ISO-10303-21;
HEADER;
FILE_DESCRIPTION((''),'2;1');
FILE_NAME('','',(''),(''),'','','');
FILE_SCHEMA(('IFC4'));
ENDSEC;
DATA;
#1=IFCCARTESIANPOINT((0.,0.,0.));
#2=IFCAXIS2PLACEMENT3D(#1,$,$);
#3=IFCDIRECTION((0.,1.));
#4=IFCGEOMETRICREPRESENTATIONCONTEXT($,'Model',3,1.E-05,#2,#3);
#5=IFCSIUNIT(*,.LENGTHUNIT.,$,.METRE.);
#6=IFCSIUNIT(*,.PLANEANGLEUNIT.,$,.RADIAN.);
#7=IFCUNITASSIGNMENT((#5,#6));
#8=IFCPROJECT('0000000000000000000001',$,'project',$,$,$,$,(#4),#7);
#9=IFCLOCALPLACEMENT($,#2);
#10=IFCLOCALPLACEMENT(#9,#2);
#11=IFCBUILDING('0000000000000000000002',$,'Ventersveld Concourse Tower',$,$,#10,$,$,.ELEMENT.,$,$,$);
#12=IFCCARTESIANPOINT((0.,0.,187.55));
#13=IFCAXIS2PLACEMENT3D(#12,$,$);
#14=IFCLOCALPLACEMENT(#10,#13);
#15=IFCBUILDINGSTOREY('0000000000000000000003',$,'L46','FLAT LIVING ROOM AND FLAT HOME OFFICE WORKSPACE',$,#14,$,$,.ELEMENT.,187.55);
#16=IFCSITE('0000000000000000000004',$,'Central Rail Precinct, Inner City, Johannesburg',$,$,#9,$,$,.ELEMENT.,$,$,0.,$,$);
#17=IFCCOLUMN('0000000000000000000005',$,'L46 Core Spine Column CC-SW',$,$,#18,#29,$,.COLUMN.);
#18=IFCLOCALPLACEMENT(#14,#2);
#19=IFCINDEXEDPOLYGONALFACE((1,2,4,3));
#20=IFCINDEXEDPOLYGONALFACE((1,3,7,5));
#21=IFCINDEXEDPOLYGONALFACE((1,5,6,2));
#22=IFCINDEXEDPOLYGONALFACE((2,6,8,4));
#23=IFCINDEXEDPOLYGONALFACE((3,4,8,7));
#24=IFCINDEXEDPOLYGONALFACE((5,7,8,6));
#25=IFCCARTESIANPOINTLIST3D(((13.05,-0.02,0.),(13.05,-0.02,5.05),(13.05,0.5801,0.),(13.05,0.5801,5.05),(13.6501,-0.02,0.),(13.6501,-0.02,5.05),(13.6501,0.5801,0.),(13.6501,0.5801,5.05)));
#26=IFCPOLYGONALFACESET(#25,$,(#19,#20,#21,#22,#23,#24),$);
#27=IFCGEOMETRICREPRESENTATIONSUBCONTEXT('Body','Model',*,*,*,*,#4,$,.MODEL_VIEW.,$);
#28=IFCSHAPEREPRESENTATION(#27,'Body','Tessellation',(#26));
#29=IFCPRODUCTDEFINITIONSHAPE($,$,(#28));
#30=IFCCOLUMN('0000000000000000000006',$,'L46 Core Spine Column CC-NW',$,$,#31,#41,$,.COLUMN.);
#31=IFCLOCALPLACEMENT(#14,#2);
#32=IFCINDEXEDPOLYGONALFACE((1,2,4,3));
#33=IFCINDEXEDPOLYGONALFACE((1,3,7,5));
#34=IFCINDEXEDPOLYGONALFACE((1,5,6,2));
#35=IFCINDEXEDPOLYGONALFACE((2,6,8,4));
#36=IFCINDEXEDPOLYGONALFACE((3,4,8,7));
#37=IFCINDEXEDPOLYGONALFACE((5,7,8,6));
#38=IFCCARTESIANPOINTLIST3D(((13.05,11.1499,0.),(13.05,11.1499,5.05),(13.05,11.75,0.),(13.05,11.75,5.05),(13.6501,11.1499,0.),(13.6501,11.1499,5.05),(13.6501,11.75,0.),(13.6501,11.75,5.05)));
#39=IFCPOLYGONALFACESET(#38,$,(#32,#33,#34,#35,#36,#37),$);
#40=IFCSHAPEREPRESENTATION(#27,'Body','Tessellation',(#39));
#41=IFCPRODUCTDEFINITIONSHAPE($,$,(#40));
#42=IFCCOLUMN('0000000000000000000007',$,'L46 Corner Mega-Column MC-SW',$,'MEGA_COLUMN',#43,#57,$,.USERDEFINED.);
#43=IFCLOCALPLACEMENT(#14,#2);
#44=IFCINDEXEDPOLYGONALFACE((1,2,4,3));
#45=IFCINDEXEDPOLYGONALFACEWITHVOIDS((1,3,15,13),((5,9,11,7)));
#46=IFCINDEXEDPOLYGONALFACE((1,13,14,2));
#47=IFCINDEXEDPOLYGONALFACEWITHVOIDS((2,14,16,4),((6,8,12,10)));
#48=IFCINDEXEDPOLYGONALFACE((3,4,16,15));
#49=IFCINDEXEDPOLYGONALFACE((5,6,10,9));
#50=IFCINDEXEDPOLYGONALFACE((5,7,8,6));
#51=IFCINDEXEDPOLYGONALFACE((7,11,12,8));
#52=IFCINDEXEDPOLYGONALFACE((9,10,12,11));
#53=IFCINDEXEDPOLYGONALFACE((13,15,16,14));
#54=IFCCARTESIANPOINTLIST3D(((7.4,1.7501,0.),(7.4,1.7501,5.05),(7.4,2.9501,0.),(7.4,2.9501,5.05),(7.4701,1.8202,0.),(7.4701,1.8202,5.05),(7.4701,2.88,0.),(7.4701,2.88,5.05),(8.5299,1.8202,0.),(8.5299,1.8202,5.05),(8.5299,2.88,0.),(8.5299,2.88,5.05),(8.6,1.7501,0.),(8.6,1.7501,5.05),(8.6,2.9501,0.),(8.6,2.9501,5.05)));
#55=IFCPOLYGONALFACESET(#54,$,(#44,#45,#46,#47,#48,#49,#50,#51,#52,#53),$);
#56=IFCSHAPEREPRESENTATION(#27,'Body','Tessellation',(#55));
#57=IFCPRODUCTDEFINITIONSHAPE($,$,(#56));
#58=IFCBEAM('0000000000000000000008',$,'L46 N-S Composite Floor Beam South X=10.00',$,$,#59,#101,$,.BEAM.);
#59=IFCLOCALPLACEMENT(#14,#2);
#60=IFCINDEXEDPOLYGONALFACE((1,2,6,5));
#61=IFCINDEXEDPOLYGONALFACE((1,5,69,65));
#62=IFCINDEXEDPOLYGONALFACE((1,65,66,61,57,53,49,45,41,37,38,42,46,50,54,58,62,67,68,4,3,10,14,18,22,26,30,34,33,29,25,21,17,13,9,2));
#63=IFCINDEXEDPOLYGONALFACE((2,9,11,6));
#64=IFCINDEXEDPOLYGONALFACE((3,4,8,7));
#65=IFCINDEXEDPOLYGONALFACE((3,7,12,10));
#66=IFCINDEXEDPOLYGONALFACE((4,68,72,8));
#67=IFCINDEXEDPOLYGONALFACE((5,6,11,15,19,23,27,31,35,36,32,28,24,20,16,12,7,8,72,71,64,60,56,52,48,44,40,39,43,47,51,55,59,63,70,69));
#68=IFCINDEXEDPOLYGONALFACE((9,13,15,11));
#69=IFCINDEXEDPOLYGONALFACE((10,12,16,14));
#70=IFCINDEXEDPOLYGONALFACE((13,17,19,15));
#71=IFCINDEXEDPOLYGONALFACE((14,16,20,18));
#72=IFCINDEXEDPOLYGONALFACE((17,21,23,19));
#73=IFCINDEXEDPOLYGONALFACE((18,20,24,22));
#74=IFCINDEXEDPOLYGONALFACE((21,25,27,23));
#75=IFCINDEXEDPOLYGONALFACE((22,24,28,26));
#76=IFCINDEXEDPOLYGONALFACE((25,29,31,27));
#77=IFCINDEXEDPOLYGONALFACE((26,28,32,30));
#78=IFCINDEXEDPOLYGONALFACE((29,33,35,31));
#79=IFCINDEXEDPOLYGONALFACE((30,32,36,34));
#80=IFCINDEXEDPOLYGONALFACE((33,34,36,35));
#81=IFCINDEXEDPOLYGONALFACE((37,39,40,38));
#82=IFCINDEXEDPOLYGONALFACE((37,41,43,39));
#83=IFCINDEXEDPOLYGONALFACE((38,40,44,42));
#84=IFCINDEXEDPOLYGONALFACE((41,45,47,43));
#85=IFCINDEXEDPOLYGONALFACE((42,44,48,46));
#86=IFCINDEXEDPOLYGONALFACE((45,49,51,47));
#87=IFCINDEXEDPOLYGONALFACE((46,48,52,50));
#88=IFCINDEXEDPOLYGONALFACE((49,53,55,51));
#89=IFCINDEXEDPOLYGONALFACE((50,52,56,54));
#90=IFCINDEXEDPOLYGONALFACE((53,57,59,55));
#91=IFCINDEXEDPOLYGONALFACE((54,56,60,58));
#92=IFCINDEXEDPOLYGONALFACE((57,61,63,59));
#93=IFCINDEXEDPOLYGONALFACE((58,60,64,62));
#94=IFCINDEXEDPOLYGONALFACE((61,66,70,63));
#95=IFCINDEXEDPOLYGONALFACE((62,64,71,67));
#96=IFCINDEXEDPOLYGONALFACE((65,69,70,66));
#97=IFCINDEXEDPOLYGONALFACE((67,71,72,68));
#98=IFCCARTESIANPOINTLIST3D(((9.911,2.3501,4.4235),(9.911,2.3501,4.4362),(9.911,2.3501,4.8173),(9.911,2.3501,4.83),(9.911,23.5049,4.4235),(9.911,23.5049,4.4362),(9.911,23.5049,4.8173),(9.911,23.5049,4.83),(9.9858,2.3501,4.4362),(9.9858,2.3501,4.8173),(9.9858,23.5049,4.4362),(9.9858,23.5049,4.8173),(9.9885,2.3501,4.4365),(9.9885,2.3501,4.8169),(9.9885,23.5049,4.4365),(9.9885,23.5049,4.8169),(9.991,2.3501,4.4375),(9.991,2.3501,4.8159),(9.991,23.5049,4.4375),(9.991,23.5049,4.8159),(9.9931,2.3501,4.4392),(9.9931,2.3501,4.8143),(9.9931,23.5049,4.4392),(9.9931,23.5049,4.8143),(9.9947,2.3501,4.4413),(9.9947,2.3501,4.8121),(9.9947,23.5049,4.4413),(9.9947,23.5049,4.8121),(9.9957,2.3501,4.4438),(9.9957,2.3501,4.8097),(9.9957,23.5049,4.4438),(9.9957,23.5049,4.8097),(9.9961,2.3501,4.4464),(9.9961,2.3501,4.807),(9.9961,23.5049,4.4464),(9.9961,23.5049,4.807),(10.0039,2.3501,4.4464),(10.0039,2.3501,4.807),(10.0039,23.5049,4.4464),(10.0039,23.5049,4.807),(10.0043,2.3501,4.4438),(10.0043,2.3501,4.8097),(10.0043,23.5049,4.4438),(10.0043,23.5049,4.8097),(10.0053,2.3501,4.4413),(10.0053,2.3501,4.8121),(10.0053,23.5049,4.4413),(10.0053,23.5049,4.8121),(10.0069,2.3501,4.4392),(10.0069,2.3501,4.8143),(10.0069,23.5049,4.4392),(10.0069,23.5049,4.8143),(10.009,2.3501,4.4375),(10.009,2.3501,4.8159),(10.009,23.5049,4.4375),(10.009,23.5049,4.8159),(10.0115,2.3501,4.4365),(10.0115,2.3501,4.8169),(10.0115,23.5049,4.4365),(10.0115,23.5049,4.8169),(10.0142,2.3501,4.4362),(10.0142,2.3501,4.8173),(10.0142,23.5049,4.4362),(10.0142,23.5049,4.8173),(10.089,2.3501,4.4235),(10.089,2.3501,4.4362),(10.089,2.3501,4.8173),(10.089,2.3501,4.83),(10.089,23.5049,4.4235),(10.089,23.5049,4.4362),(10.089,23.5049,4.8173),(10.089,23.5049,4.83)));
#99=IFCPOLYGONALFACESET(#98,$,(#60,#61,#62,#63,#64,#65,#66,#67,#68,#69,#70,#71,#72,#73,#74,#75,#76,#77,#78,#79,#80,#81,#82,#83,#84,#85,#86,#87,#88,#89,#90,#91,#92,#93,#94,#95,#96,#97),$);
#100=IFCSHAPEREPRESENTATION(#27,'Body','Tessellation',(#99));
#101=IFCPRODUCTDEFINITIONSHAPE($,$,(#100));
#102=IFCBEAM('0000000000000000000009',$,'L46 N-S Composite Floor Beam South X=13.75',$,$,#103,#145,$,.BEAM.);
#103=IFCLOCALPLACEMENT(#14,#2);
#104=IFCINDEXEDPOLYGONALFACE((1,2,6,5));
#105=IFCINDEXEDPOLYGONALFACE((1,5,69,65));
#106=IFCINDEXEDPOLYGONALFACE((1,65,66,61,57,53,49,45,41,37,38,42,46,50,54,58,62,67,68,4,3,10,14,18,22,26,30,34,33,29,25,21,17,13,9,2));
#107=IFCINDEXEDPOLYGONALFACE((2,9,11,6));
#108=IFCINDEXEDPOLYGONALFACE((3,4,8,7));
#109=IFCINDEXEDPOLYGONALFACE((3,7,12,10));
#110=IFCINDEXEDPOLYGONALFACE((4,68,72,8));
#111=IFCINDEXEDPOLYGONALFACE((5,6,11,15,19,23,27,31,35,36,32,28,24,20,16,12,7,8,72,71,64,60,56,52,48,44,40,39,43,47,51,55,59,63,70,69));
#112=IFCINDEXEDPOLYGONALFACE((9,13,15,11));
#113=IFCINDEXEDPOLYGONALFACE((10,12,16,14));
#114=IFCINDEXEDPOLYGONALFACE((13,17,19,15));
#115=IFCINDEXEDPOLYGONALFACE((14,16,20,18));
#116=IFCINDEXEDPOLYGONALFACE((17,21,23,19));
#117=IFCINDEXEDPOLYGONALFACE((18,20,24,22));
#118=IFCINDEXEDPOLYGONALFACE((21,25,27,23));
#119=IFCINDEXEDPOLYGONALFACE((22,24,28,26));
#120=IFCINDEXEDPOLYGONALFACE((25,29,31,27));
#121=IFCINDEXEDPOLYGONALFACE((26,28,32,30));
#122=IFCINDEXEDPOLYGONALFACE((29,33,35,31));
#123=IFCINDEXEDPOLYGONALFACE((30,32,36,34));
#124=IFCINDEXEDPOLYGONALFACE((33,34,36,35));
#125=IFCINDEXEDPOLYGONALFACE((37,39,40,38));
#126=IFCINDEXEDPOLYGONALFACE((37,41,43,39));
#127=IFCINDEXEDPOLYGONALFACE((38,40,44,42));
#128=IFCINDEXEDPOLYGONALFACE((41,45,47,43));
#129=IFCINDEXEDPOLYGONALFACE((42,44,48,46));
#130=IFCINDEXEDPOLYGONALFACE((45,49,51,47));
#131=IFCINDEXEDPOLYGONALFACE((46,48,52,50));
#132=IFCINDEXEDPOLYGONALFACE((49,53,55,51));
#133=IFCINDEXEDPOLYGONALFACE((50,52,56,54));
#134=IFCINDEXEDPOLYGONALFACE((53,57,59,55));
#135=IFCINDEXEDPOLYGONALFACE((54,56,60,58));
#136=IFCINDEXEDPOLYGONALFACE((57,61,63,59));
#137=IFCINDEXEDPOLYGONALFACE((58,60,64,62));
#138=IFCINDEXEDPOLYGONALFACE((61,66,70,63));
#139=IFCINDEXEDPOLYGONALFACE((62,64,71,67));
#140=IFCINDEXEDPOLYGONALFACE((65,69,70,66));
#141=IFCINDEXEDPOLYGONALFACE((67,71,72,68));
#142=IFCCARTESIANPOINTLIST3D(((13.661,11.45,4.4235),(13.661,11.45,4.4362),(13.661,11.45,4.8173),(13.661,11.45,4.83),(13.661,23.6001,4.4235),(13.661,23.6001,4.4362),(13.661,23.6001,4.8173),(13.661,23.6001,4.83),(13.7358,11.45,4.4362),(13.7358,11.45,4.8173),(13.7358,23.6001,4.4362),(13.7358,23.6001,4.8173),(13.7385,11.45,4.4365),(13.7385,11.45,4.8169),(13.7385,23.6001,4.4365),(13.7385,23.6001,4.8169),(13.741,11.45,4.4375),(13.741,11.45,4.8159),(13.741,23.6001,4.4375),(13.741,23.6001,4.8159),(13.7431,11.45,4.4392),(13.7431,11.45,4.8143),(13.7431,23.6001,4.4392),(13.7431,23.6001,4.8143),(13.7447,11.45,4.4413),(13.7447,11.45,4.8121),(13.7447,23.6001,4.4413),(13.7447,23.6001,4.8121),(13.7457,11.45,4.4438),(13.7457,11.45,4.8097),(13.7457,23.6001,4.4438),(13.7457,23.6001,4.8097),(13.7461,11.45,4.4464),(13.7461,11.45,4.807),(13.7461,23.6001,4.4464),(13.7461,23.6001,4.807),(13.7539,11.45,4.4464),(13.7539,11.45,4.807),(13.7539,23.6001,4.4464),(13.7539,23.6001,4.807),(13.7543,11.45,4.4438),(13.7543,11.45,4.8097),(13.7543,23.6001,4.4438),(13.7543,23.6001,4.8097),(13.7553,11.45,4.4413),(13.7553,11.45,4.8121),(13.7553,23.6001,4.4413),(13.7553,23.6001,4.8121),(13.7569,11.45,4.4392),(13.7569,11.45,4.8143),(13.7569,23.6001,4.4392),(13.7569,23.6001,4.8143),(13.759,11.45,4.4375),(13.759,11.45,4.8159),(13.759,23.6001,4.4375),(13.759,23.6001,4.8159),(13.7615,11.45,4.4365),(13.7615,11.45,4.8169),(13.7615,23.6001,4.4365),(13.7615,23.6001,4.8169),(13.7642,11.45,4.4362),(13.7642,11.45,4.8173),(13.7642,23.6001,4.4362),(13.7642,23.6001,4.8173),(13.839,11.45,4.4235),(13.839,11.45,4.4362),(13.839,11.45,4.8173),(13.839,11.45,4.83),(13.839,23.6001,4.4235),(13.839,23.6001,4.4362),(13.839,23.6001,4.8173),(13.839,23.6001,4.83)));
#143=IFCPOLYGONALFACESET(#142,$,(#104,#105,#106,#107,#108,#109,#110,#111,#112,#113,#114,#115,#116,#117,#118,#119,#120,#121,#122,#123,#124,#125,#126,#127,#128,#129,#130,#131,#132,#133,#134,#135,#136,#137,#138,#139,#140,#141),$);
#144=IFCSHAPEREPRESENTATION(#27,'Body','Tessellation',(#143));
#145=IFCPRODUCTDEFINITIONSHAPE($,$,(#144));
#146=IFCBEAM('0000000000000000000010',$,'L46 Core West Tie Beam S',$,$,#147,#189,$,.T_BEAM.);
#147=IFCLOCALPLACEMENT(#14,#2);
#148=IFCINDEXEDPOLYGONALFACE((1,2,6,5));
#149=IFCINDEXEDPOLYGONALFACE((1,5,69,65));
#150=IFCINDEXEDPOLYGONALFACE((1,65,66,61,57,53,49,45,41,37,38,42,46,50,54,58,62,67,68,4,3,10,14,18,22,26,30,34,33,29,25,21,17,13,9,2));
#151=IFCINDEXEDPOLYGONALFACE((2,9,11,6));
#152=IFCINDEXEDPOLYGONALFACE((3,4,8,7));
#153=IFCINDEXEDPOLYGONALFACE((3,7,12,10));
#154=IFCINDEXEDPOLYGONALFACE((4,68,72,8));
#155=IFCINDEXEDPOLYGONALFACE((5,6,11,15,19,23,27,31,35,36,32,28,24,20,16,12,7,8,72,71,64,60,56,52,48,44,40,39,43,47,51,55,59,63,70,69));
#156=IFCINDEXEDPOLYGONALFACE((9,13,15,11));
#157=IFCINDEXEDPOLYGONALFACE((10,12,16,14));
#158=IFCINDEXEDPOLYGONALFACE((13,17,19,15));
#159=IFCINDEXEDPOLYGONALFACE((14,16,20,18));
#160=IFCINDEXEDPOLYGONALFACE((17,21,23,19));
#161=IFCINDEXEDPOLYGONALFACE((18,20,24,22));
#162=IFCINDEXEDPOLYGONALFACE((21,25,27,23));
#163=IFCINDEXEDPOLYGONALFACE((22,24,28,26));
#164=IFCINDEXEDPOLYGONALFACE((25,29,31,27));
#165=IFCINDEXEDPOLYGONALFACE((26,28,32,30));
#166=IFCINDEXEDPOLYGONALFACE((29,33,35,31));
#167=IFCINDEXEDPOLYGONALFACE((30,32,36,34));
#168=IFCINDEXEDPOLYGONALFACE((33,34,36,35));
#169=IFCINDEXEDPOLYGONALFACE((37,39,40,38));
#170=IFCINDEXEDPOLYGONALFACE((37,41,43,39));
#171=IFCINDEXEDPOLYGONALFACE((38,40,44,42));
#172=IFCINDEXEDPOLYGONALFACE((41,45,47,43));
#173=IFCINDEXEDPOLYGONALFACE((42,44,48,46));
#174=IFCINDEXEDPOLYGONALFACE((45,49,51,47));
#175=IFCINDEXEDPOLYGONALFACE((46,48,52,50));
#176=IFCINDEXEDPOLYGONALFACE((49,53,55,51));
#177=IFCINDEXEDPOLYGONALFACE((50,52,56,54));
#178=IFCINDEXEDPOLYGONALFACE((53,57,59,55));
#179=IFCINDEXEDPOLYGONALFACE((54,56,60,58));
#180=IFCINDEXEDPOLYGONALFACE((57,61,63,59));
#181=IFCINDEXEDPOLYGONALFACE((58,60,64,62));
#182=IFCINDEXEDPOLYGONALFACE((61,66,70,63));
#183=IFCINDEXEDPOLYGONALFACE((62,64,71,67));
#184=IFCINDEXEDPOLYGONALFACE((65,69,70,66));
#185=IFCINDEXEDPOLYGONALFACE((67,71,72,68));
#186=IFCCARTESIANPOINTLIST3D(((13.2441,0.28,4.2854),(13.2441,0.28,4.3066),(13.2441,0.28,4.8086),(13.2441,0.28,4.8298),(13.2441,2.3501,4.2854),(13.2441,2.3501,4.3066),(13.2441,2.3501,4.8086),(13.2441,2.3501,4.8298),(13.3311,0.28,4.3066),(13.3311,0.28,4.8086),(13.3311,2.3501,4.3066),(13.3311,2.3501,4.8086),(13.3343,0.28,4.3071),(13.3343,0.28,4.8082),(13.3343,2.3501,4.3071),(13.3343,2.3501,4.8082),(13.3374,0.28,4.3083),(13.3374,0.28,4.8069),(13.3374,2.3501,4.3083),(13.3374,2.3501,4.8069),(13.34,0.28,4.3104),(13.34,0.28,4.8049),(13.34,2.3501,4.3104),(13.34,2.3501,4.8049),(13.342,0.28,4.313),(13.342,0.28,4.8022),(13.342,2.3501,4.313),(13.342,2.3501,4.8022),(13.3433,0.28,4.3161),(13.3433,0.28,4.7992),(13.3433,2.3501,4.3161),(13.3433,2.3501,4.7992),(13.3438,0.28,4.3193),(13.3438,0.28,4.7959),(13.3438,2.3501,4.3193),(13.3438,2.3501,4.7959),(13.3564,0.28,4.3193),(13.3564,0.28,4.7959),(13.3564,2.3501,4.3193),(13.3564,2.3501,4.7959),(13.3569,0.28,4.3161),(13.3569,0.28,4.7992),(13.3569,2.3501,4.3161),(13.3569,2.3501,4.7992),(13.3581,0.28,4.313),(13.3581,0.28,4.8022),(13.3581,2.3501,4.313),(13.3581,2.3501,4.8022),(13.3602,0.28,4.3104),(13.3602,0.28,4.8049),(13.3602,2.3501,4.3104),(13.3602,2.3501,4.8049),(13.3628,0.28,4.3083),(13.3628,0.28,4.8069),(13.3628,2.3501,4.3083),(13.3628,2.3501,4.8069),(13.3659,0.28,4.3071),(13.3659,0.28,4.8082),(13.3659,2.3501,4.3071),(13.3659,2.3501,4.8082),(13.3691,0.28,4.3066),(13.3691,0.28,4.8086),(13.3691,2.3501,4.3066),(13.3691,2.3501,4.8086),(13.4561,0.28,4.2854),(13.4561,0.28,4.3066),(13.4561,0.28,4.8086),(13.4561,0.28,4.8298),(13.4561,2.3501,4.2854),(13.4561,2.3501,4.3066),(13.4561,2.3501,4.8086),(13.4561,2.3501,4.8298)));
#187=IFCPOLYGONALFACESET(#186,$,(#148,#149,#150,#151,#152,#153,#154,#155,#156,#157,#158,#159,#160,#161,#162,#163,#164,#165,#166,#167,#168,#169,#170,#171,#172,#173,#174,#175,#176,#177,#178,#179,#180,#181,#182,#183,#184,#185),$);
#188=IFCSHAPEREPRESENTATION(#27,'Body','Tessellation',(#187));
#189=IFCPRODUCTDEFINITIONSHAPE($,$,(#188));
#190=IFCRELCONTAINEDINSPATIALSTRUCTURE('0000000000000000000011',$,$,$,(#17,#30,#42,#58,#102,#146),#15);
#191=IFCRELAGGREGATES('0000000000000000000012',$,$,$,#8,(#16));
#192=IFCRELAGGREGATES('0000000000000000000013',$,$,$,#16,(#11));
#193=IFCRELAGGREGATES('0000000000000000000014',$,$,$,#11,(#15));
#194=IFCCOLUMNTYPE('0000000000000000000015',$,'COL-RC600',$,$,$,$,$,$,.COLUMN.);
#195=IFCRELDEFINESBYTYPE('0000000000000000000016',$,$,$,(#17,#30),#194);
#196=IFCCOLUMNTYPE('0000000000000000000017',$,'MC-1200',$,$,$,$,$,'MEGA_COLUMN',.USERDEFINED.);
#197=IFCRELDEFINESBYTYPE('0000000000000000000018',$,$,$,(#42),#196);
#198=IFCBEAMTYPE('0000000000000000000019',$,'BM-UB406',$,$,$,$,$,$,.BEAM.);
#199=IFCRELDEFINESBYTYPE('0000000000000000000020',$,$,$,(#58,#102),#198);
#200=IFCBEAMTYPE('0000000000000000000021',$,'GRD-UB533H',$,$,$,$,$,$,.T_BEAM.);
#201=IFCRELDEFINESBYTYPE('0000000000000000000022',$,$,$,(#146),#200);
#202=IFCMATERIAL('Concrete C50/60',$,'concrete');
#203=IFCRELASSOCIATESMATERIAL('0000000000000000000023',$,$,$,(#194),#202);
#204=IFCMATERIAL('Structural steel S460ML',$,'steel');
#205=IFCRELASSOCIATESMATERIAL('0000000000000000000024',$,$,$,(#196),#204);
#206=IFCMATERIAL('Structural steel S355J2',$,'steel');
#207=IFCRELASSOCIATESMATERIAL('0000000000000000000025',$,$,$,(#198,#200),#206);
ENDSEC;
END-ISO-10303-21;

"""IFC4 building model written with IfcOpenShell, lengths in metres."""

from ifc_helpers import new_model, si_unit, direction, frame, origin, origin_2d, place, context, subcontext, project, spatial, rectangle, hollow_rectangle, i_section, extrude, material, material_profile, profile_set, type_object, element, save


model = new_model("IFC4")

# Units and contexts
model_context = context("Model", 3, precision=1e-05, world=origin(), true_north=direction((0.0, 1.0)))
body_context = subcontext(model_context, "Body", "Model", "MODEL_VIEW")
ifc_project = project(units=[si_unit("LENGTHUNIT", "METRE"), si_unit("PLANEANGLEUNIT", "RADIAN")], contexts=[model_context])

# Site, building, storey
site_placement = place(None, origin())
site = spatial("IfcSite", under=ifc_project, at=site_placement, Name="Central Rail Precinct, Inner City, Johannesburg", CompositionType="ELEMENT", RefElevation=0.0)
building_placement = place(site_placement, origin())
building = spatial("IfcBuilding", under=site, at=building_placement, Name="Ventersveld Concourse Tower", CompositionType="ELEMENT")
storey_placement = place(building_placement, frame((0.0, 0.0, 187.55)))
storey = spatial("IfcBuildingStorey", under=building, at=storey_placement, Name="L46", Description="FLAT LIVING ROOM AND FLAT HOME OFFICE WORKSPACE", CompositionType="ELEMENT", Elevation=187.55)

# Columns
ifc_material_1 = material(Name="Concrete C50/60", Category="concrete")
ifc_material_profile_1 = material_profile(ifc_material_1, rectangle(XDim=0.6001, YDim=0.6001, at=origin_2d()), Name="RC 600x600")
ifc_profile_set_1 = profile_set([ifc_material_profile_1], Name="Concrete C50/60")
column_type_1 = type_object("IfcColumnType", Name="COL-RC600", PredefinedType="COLUMN", material=ifc_profile_set_1)
for number, where, z_axis, x_axis, name in (
    (1, (13.3501, 0.28, 0.0), (0.0, 0.0, 1.0), (1.0, 0.0, 0.0), "L46 Core Spine Column CC-SW"),
    (2, (13.3501, 11.45, 0.0), (0.0, 0.0, 1.0), (1.0, 0.0, 0.0), "L46 Core Spine Column CC-NW"),
):
    element("IfcColumn", number, at=place(storey_placement, frame(where, z_axis=z_axis, x_axis=x_axis)), inside=storey, type_object=column_type_1, Name=name, PredefinedType="COLUMN", context=body_context, shape_type="SweptSolid", body=[
        extrude(rectangle(XDim=0.6001, YDim=0.6001, at=origin_2d()), origin(), (0.0, 0.0, 1.0), 5.05),
    ])
ifc_material_2 = material(Name="Structural steel S460ML", Category="steel")
ifc_material_profile_2 = material_profile(ifc_material_2, hollow_rectangle(XDim=1.2, YDim=1.2, WallThickness=0.0701, at=origin_2d()), Name="BOX 1200x1200x70")
ifc_profile_set_2 = profile_set([ifc_material_profile_2], Name="Structural steel S460ML")
column_type_2 = type_object("IfcColumnType", Name="MC-1200", ElementType="MEGA_COLUMN", PredefinedType="USERDEFINED", material=ifc_profile_set_2)
column_placement = place(storey_placement, frame((8.0, 2.3501, 0.0), z_axis=(0.0, 0.0, 1.0), x_axis=(1.0, 0.0, 0.0)))
element("IfcColumn", 3, at=column_placement, inside=storey, type_object=column_type_2, Name="L46 Corner Mega-Column MC-SW", ObjectType="MEGA_COLUMN", PredefinedType="USERDEFINED", context=body_context, shape_type="SweptSolid", body=[
    extrude(hollow_rectangle(XDim=1.2, YDim=1.2, WallThickness=0.0701, at=origin_2d()), origin(), (0.0, 0.0, 1.0), 5.05),
])

# Beams
ifc_material_3 = material(Name="Structural steel S355J2", Category="steel")
ifc_material_profile_3 = material_profile(ifc_material_3, i_section(OverallWidth=0.178, OverallDepth=0.4065, WebThickness=0.0078, FlangeThickness=0.0127, FilletRadius=0.0103, at=origin_2d()), Name="UB 406x178x60")
ifc_profile_set_3 = profile_set([ifc_material_profile_3], Name="Structural steel S355J2")
beam_type_1 = type_object("IfcBeamType", Name="BM-UB406", PredefinedType="BEAM", material=ifc_profile_set_3)
beam_1_placement = place(storey_placement, frame((10.0, 2.3501, 4.6267), z_axis=(0.0, 1.0, 0.0), x_axis=(-1.0, 0.0, 0.0)))
element("IfcBeam", 4, at=beam_1_placement, inside=storey, type_object=beam_type_1, Name="L46 N-S Composite Floor Beam South X=10.00", PredefinedType="BEAM", context=body_context, shape_type="SweptSolid", body=[
    extrude(i_section(OverallWidth=0.178, OverallDepth=0.4065, WebThickness=0.0078, FlangeThickness=0.0127, FilletRadius=0.0103, at=origin_2d()), origin(), (0.0, 0.0, 1.0), 21.1548),
])
beam_2_placement = place(storey_placement, frame((13.75, 11.45, 4.6267), z_axis=(0.0, 1.0, 0.0), x_axis=(-1.0, 0.0, 0.0)))
element("IfcBeam", 5, at=beam_2_placement, inside=storey, type_object=beam_type_1, Name="L46 N-S Composite Floor Beam South X=13.75", PredefinedType="BEAM", context=body_context, shape_type="SweptSolid", body=[
    extrude(i_section(OverallWidth=0.178, OverallDepth=0.4065, WebThickness=0.0078, FlangeThickness=0.0127, FilletRadius=0.0103, at=origin_2d()), origin(), (0.0, 0.0, 1.0), 12.1501),
])
ifc_material_profile_4 = material_profile(ifc_material_3, i_section(OverallWidth=0.2119, OverallDepth=0.5444, WebThickness=0.0127, FlangeThickness=0.0212, FilletRadius=0.0127, at=origin_2d()), Name="UB 533x210x122")
ifc_profile_set_4 = profile_set([ifc_material_profile_4], Name="Structural steel S355J2")
beam_type_2 = type_object("IfcBeamType", Name="GRD-UB533H", PredefinedType="T_BEAM", material=ifc_profile_set_4)
beam_3_placement = place(storey_placement, frame((13.3501, 0.28, 4.5576), z_axis=(0.0, 1.0, 0.0), x_axis=(-1.0, 0.0, 0.0)))
element("IfcBeam", 6, at=beam_3_placement, inside=storey, type_object=beam_type_2, Name="L46 Core West Tie Beam S", PredefinedType="T_BEAM", context=body_context, shape_type="SweptSolid", body=[
    extrude(i_section(OverallWidth=0.2119, OverallDepth=0.5444, WebThickness=0.0127, FlangeThickness=0.0212, FilletRadius=0.0127, at=origin_2d()), origin(), (0.0, 0.0, 1.0), 2.0701),
])

save(model, "model.ifc")
